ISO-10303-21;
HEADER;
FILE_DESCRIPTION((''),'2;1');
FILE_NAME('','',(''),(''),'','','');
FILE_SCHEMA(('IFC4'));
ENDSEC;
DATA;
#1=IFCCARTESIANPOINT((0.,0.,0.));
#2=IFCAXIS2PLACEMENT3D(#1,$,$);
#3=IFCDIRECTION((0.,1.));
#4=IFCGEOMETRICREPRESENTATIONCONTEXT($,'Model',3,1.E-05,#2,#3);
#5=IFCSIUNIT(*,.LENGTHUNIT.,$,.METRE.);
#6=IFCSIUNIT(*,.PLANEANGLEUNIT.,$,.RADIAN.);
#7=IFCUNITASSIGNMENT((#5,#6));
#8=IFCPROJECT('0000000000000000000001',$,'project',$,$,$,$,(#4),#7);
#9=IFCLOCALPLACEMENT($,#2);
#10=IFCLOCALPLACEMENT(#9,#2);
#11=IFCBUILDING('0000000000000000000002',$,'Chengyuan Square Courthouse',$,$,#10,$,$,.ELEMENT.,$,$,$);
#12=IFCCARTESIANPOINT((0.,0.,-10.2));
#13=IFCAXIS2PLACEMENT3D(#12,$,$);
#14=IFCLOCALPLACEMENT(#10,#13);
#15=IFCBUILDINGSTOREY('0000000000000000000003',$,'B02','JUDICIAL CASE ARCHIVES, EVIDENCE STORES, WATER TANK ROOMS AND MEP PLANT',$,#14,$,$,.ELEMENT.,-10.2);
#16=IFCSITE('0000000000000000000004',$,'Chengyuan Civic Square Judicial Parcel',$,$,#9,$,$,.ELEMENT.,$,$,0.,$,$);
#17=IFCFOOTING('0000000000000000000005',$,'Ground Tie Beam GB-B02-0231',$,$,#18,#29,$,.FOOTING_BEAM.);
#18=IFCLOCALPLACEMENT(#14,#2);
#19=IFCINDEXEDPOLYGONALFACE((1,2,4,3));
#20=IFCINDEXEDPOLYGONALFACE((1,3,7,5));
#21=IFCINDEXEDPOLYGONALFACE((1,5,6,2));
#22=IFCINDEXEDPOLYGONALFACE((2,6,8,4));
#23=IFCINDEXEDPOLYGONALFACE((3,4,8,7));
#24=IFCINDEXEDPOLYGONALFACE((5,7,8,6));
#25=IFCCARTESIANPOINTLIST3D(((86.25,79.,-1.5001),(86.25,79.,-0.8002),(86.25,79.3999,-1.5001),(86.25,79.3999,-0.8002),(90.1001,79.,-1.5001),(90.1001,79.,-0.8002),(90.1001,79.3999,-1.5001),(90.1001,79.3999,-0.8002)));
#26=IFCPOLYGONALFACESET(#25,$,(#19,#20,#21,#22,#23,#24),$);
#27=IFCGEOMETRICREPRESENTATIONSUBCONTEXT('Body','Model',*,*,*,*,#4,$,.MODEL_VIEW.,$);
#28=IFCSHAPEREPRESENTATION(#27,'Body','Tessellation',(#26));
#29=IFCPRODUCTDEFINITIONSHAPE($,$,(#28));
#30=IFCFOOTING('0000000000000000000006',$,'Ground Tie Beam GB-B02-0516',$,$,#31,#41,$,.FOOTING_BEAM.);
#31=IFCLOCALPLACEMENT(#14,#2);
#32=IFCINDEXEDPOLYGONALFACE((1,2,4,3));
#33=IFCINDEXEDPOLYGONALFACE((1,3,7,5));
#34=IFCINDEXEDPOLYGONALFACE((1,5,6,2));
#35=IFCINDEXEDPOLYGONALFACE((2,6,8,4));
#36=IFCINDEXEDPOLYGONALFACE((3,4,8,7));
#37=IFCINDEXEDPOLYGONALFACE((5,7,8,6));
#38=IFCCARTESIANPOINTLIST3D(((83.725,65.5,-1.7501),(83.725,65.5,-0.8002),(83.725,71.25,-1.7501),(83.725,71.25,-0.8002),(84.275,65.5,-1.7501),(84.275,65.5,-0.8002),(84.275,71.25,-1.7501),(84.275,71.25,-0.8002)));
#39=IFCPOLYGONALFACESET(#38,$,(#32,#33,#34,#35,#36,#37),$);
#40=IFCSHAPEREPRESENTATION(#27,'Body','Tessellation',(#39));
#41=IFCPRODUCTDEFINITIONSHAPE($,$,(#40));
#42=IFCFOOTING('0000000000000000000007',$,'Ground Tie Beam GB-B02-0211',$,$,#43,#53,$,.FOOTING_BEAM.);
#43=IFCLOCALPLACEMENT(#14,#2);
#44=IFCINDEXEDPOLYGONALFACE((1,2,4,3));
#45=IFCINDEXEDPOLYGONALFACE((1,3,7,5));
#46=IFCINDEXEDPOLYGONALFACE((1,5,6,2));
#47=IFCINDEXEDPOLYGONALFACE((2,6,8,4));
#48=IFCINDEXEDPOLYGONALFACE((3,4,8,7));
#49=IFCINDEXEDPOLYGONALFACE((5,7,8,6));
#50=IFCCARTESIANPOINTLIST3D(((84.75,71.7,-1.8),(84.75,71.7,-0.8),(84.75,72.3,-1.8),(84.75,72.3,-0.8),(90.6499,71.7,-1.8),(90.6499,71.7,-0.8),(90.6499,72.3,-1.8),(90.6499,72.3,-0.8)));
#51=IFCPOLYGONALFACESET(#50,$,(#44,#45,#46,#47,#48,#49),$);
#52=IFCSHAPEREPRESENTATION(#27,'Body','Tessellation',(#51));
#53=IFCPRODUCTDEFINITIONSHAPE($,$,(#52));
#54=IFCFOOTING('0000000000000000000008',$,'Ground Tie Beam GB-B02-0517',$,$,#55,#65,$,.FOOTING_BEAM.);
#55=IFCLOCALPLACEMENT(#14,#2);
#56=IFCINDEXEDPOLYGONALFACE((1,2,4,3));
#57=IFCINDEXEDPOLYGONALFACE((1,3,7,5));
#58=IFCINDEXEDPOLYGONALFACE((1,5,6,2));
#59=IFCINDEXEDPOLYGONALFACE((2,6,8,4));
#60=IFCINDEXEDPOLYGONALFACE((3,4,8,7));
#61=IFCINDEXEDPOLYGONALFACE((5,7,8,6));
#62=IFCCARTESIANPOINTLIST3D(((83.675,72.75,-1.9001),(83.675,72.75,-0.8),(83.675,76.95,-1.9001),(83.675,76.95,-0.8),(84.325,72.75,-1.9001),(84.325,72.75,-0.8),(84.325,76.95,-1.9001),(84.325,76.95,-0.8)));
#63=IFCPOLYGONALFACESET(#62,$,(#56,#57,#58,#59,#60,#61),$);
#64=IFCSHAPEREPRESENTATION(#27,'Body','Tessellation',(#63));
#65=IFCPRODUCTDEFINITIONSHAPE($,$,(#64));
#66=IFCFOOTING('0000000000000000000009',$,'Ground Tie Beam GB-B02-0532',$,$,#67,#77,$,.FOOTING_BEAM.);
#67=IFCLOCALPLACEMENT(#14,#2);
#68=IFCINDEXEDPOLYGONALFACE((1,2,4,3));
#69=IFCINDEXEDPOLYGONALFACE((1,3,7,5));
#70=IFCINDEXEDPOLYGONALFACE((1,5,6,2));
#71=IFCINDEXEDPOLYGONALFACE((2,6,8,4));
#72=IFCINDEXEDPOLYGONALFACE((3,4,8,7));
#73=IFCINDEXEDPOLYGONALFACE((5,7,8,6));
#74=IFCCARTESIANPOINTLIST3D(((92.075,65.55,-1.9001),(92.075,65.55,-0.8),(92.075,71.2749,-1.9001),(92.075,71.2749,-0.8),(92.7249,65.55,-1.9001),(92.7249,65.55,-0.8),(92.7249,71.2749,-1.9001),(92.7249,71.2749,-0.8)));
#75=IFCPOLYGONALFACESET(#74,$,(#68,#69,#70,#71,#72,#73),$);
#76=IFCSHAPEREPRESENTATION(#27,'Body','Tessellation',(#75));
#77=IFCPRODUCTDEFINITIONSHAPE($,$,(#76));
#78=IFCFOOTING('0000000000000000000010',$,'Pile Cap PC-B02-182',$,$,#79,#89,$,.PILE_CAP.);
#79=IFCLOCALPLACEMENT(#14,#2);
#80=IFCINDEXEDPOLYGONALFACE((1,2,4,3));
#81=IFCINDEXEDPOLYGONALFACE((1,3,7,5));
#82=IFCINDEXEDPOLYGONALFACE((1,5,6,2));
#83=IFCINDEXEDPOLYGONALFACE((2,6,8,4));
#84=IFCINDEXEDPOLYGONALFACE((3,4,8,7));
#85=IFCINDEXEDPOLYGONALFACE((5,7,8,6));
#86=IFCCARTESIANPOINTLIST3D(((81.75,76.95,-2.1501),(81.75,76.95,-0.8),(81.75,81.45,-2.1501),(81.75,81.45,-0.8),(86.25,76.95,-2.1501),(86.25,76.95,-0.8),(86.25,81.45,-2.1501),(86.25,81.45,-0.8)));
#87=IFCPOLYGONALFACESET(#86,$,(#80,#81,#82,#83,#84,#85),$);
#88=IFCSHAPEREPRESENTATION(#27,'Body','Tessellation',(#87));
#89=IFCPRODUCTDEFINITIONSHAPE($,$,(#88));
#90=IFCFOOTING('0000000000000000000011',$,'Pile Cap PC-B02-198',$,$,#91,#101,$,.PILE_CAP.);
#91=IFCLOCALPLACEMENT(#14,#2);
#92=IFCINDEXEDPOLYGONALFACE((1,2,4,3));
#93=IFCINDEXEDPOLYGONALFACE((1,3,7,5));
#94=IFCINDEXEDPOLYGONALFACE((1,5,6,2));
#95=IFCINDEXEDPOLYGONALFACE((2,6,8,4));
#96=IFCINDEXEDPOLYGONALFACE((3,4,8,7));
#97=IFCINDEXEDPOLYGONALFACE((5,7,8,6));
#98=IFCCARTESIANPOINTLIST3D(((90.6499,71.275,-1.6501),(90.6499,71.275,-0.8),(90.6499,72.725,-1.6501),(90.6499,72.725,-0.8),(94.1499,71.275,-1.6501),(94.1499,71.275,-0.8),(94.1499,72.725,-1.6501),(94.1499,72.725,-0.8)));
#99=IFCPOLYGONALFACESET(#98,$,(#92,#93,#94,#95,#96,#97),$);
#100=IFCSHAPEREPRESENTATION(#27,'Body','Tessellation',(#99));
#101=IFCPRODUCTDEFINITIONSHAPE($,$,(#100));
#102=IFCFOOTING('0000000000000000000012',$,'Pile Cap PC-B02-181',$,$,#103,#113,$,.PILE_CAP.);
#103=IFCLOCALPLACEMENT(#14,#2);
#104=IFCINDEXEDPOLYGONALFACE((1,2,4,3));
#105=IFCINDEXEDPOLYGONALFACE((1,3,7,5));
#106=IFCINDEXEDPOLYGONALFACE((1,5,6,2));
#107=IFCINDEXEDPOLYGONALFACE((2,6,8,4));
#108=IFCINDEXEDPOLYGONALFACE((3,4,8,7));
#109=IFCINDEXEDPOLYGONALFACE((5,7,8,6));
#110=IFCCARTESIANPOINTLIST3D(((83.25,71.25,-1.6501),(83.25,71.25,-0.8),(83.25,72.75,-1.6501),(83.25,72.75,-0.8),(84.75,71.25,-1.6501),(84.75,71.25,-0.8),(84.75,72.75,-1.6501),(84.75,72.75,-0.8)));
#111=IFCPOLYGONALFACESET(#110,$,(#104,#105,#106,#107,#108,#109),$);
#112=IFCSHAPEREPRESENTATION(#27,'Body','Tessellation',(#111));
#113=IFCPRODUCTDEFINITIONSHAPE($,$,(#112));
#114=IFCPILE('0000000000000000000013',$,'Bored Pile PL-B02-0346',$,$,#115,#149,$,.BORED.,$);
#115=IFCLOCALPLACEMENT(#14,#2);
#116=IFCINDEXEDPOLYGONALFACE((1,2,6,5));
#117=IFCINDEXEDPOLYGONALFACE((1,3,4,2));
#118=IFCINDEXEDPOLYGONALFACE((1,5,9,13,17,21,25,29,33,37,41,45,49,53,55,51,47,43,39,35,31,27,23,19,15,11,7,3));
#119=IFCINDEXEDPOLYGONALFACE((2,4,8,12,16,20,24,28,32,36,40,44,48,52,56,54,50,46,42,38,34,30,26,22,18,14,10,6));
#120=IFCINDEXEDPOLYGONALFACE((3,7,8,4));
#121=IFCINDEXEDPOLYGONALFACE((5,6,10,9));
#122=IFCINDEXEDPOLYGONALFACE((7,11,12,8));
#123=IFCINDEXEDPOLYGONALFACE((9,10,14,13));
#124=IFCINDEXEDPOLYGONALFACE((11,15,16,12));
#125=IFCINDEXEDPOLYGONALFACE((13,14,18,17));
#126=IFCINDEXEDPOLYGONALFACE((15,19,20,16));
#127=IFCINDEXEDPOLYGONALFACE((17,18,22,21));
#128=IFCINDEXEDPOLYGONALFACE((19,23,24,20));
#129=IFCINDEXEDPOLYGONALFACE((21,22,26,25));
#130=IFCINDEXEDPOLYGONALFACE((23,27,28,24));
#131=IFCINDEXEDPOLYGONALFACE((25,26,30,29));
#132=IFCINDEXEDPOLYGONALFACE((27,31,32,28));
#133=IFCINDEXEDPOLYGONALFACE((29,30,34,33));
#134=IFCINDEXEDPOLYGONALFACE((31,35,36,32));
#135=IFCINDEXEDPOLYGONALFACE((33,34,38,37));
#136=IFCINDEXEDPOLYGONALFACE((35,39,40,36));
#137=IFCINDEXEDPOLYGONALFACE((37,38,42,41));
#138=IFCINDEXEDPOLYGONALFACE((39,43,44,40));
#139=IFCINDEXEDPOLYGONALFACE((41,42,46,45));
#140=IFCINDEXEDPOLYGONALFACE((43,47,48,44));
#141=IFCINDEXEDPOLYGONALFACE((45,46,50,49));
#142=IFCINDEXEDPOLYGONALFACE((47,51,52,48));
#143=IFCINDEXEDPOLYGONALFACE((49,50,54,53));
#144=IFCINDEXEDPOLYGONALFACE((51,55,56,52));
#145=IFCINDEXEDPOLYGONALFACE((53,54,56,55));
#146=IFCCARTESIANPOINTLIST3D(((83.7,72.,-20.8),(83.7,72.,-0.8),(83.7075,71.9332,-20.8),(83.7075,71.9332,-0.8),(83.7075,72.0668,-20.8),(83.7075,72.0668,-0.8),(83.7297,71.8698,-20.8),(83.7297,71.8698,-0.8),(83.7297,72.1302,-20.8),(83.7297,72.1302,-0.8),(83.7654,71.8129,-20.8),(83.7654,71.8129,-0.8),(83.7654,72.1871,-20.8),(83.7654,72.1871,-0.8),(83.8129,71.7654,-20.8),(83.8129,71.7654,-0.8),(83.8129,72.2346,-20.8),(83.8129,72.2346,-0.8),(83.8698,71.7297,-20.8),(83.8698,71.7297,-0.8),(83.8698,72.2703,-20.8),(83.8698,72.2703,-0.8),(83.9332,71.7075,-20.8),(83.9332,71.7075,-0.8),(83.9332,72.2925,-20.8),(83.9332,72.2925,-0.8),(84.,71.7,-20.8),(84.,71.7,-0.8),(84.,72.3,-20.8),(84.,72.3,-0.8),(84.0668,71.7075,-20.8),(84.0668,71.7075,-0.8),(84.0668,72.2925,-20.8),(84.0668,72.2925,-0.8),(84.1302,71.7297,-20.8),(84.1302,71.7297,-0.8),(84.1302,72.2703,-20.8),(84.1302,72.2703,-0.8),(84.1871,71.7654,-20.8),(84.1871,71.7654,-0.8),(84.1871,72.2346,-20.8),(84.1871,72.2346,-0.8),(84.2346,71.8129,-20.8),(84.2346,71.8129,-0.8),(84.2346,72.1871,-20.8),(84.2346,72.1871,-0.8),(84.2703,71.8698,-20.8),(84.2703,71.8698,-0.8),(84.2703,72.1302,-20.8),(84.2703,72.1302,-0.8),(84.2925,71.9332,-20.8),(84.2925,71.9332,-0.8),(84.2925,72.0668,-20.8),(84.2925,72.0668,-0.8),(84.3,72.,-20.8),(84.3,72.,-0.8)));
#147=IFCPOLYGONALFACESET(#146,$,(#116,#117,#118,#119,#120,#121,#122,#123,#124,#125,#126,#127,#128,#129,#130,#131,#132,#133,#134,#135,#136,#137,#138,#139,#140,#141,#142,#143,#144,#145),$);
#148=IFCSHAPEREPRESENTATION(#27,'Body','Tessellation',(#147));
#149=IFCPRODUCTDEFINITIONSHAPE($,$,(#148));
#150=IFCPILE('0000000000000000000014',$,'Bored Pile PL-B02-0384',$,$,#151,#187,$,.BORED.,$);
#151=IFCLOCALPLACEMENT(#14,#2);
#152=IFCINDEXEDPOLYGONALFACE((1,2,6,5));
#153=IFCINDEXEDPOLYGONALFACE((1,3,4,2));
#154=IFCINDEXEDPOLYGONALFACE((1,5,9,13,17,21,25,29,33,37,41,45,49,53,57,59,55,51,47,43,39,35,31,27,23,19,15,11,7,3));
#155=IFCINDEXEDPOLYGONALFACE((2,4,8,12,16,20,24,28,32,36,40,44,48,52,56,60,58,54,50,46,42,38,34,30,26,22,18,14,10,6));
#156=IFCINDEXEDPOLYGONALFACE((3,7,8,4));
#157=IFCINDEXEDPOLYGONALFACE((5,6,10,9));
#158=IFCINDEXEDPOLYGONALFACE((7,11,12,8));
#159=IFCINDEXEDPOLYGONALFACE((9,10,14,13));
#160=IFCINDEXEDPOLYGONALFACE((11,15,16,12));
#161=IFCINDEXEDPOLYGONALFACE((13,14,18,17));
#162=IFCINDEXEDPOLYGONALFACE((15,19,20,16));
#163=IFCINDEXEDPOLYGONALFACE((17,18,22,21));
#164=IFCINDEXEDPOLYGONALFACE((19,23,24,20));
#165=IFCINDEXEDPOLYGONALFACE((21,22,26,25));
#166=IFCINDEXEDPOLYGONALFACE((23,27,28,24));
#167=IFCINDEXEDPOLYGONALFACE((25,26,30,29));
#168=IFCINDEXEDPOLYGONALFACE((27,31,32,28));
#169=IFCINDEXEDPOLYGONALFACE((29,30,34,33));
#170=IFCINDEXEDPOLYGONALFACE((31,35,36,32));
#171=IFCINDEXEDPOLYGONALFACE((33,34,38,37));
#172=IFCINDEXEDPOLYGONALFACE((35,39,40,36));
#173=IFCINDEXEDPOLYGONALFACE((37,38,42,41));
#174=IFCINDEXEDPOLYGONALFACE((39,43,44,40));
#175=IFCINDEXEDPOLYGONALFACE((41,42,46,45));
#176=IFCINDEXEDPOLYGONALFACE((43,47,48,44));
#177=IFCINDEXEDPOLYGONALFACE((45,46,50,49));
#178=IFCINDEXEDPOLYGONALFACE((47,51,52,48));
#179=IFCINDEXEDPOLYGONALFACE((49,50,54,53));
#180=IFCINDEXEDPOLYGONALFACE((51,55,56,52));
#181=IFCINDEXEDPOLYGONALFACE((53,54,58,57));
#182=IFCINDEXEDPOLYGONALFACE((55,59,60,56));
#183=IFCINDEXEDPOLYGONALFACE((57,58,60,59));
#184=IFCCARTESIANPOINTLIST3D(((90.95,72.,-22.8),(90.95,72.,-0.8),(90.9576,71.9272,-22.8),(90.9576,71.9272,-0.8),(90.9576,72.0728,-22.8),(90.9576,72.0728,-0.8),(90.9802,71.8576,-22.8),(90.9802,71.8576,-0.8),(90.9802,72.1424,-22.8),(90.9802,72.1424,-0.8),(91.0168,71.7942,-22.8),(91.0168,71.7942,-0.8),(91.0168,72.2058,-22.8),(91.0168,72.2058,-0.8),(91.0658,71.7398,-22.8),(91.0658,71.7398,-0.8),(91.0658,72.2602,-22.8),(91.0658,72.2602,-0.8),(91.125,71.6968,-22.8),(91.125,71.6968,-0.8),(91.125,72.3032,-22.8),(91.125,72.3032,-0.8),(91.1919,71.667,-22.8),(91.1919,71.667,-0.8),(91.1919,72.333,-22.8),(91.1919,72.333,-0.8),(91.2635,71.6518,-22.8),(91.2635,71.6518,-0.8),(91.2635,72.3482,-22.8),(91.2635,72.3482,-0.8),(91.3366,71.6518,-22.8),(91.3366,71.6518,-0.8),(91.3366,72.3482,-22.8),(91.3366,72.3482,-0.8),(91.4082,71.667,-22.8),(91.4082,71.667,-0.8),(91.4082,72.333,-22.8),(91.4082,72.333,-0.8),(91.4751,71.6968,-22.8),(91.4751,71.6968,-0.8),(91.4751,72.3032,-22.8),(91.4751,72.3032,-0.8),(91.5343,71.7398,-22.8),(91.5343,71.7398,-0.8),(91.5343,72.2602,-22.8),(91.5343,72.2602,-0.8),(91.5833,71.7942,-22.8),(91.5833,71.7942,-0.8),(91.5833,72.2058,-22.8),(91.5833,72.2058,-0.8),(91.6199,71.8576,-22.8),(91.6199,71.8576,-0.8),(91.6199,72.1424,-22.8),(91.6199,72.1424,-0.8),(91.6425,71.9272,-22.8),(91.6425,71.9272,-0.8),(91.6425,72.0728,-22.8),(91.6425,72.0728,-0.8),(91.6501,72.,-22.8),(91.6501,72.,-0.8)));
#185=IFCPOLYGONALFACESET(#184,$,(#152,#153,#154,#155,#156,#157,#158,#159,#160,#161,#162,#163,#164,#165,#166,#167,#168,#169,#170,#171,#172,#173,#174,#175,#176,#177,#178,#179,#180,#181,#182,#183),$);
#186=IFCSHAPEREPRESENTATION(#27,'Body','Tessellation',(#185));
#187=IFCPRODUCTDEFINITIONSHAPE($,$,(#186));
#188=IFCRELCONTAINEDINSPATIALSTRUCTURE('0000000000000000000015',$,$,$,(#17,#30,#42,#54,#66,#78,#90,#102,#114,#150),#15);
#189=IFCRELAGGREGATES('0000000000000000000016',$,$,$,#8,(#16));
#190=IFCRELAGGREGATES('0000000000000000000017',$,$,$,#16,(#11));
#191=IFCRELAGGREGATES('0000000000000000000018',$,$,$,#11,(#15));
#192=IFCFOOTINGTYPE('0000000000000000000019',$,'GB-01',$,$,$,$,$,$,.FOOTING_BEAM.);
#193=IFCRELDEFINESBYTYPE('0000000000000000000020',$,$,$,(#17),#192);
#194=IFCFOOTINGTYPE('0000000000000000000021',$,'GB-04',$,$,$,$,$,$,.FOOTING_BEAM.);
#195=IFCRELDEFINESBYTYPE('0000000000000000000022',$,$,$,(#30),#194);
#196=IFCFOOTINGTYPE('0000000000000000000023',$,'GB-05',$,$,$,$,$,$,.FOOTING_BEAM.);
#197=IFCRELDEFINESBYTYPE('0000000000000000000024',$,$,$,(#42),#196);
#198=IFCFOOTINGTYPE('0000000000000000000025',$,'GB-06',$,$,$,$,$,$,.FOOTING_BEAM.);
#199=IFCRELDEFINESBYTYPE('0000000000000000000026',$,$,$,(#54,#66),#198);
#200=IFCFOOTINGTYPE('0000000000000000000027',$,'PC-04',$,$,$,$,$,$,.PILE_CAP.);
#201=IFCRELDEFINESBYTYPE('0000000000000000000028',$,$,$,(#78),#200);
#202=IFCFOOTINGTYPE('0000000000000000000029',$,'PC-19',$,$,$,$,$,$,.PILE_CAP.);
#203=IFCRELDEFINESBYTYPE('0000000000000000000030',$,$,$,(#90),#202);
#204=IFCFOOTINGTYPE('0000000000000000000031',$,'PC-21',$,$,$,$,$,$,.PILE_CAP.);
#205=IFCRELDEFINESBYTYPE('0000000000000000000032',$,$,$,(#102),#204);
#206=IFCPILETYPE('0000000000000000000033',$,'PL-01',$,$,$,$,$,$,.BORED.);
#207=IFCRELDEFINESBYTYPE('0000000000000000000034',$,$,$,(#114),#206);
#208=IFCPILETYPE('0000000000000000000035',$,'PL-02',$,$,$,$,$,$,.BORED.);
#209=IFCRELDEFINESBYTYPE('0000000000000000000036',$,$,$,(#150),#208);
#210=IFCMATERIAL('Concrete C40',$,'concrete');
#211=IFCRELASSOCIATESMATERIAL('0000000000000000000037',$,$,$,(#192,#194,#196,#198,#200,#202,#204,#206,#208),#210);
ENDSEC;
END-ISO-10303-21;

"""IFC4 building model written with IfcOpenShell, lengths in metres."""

from ifc_helpers import new_model, si_unit, direction, frame, origin, origin_2d, place, context, subcontext, project, spatial, rectangle, circle, extrude, material, material_profile, profile_set, type_object, element, save


model = new_model("IFC4")

# Units and contexts
model_context = context("Model", 3, precision=1e-05, world=origin(), true_north=direction((0.0, 1.0)))
body_context = subcontext(model_context, "Body", "Model", "MODEL_VIEW")
ifc_project = project(units=[si_unit("LENGTHUNIT", "METRE"), si_unit("PLANEANGLEUNIT", "RADIAN")], contexts=[model_context])

# Site, building, storey
site_placement = place(None, origin())
site = spatial("IfcSite", under=ifc_project, at=site_placement, Name="Chengyuan Civic Square Judicial Parcel", CompositionType="ELEMENT", RefElevation=0.0)
building_placement = place(site_placement, origin())
building = spatial("IfcBuilding", under=site, at=building_placement, Name="Chengyuan Square Courthouse", CompositionType="ELEMENT")
storey_placement = place(building_placement, frame((0.0, 0.0, -10.2)))
storey = spatial("IfcBuildingStorey", under=building, at=storey_placement, Name="B02", Description="JUDICIAL CASE ARCHIVES, EVIDENCE STORES, WATER TANK ROOMS AND MEP PLANT", CompositionType="ELEMENT", Elevation=-10.2)

# Footings
ifc_material_1 = material(Name="Concrete C40", Category="concrete")
ifc_material_profile_1 = material_profile(ifc_material_1, rectangle(XDim=0.3999, YDim=0.7, at=origin_2d()), Name="GB-400x700")
ifc_profile_set_1 = profile_set([ifc_material_profile_1], Name="Concrete C40")
footing_type_1 = type_object("IfcFootingType", Name="GB-01", PredefinedType="FOOTING_BEAM", material=ifc_profile_set_1)
footing_1_placement = place(storey_placement, frame((86.25, 79.2, -1.1501), z_axis=(1.0, 0.0, 0.0), x_axis=(0.0, 1.0, 0.0)))
element("IfcFooting", 1, at=footing_1_placement, inside=storey, type_object=footing_type_1, Name="Ground Tie Beam GB-B02-0231", PredefinedType="FOOTING_BEAM", context=body_context, shape_type="SweptSolid", body=[
    extrude(rectangle(XDim=0.3999, YDim=0.7, at=origin_2d()), origin(), (0.0, 0.0, 1.0), 3.8501),
])
ifc_material_profile_2 = material_profile(ifc_material_1, rectangle(XDim=0.55, YDim=0.95, at=origin_2d()), Name="GB-550x950")
ifc_profile_set_2 = profile_set([ifc_material_profile_2], Name="Concrete C40")
footing_type_2 = type_object("IfcFootingType", Name="GB-04", PredefinedType="FOOTING_BEAM", material=ifc_profile_set_2)
footing_2_placement = place(storey_placement, frame((84.0, 65.5, -1.2751), z_axis=(0.0, 1.0, 0.0), x_axis=(-1.0, 0.0, 0.0)))
element("IfcFooting", 2, at=footing_2_placement, inside=storey, type_object=footing_type_2, Name="Ground Tie Beam GB-B02-0516", PredefinedType="FOOTING_BEAM", context=body_context, shape_type="SweptSolid", body=[
    extrude(rectangle(XDim=0.55, YDim=0.95, at=origin_2d()), origin(), (0.0, 0.0, 1.0), 5.75),
])
ifc_material_profile_3 = material_profile(ifc_material_1, rectangle(XDim=0.6001, YDim=1.0, at=origin_2d()), Name="GB-600x1000")
ifc_profile_set_3 = profile_set([ifc_material_profile_3], Name="Concrete C40")
footing_type_3 = type_object("IfcFootingType", Name="GB-05", PredefinedType="FOOTING_BEAM", material=ifc_profile_set_3)
footing_3_placement = place(storey_placement, frame((84.75, 72.0, -1.3), z_axis=(1.0, 0.0, 0.0), x_axis=(0.0, 1.0, 0.0)))
element("IfcFooting", 3, at=footing_3_placement, inside=storey, type_object=footing_type_3, Name="Ground Tie Beam GB-B02-0211", PredefinedType="FOOTING_BEAM", context=body_context, shape_type="SweptSolid", body=[
    extrude(rectangle(XDim=0.6001, YDim=1.0, at=origin_2d()), origin(), (0.0, 0.0, 1.0), 5.8999),
])
ifc_material_profile_4 = material_profile(ifc_material_1, rectangle(XDim=0.6499, YDim=1.1001, at=origin_2d()), Name="GB-650x1100")
ifc_profile_set_4 = profile_set([ifc_material_profile_4], Name="Concrete C40")
footing_type_4 = type_object("IfcFootingType", Name="GB-06", PredefinedType="FOOTING_BEAM", material=ifc_profile_set_4)
footing_4_placement = place(storey_placement, frame((84.0, 72.75, -1.3501), z_axis=(0.0, 1.0, 0.0), x_axis=(-1.0, 0.0, 0.0)))
element("IfcFooting", 4, at=footing_4_placement, inside=storey, type_object=footing_type_4, Name="Ground Tie Beam GB-B02-0517", PredefinedType="FOOTING_BEAM", context=body_context, shape_type="SweptSolid", body=[
    extrude(rectangle(XDim=0.6499, YDim=1.1001, at=origin_2d()), origin(), (0.0, 0.0, 1.0), 4.2),
])
footing_5_placement = place(storey_placement, frame((92.3999, 65.55, -1.3501), z_axis=(0.0, 1.0, 0.0), x_axis=(-1.0, 0.0, 0.0)))
element("IfcFooting", 5, at=footing_5_placement, inside=storey, type_object=footing_type_4, Name="Ground Tie Beam GB-B02-0532", PredefinedType="FOOTING_BEAM", context=body_context, shape_type="SweptSolid", body=[
    extrude(rectangle(XDim=0.6499, YDim=1.1001, at=origin_2d()), origin(), (0.0, 0.0, 1.0), 5.7249),
])
footing_type_5 = type_object("IfcFootingType", Name="PC-04", PredefinedType="PILE_CAP", material=ifc_material_1)
footing_6_placement = place(storey_placement, frame((84.0, 79.2, -2.1501), z_axis=(0.0, 0.0, 1.0), x_axis=(1.0, 0.0, 0.0)))
element("IfcFooting", 6, at=footing_6_placement, inside=storey, type_object=footing_type_5, Name="Pile Cap PC-B02-182", PredefinedType="PILE_CAP", context=body_context, shape_type="SweptSolid", body=[
    extrude(rectangle(XDim=4.5, YDim=4.5, at=origin_2d()), origin(), (0.0, 0.0, 1.0), 1.3501),
])
footing_type_6 = type_object("IfcFootingType", Name="PC-19", PredefinedType="PILE_CAP", material=ifc_material_1)
footing_7_placement = place(storey_placement, frame((92.3999, 72.0, -1.6501), z_axis=(0.0, 0.0, 1.0), x_axis=(1.0, 0.0, 0.0)))
element("IfcFooting", 7, at=footing_7_placement, inside=storey, type_object=footing_type_6, Name="Pile Cap PC-B02-198", PredefinedType="PILE_CAP", context=body_context, shape_type="SweptSolid", body=[
    extrude(rectangle(XDim=3.5, YDim=1.45, at=origin_2d()), origin(), (0.0, 0.0, 1.0), 0.8501),
])
footing_type_7 = type_object("IfcFootingType", Name="PC-21", PredefinedType="PILE_CAP", material=ifc_material_1)
footing_8_placement = place(storey_placement, frame((84.0, 72.0, -1.6501), z_axis=(0.0, 0.0, 1.0), x_axis=(1.0, 0.0, 0.0)))
element("IfcFooting", 8, at=footing_8_placement, inside=storey, type_object=footing_type_7, Name="Pile Cap PC-B02-181", PredefinedType="PILE_CAP", context=body_context, shape_type="SweptSolid", body=[
    extrude(rectangle(XDim=1.5, YDim=1.5, at=origin_2d()), origin(), (0.0, 0.0, 1.0), 0.8501),
])

# Piles
ifc_material_profile_5 = material_profile(ifc_material_1, circle(Radius=0.3, at=origin_2d()), Name="BORED PILE D600")
ifc_profile_set_5 = profile_set([ifc_material_profile_5], Name="Concrete C40")
pile_type_1 = type_object("IfcPileType", Name="PL-01", PredefinedType="BORED", material=ifc_profile_set_5)
pile_1_placement = place(storey_placement, frame((84.0, 72.0, -0.8), z_axis=(0.0, 0.0, -1.0), x_axis=(1.0, 0.0, 0.0)))
element("IfcPile", 9, at=pile_1_placement, inside=storey, type_object=pile_type_1, Name="Bored Pile PL-B02-0346", PredefinedType="BORED", context=body_context, shape_type="SweptSolid", body=[
    extrude(circle(Radius=0.3, at=origin_2d()), origin(), (0.0, 0.0, 1.0), 20.0),
])
ifc_material_profile_6 = material_profile(ifc_material_1, circle(Radius=0.3501, at=origin_2d()), Name="BORED PILE D700")
ifc_profile_set_6 = profile_set([ifc_material_profile_6], Name="Concrete C40")
pile_type_2 = type_object("IfcPileType", Name="PL-02", PredefinedType="BORED", material=ifc_profile_set_6)
pile_2_placement = place(storey_placement, frame((91.3, 72.0, -0.8), z_axis=(0.0, 0.0, -1.0), x_axis=(1.0, 0.0, 0.0)))
element("IfcPile", 10, at=pile_2_placement, inside=storey, type_object=pile_type_2, Name="Bored Pile PL-B02-0384", PredefinedType="BORED", context=body_context, shape_type="SweptSolid", body=[
    extrude(circle(Radius=0.3501, at=origin_2d()), origin(), (0.0, 0.0, 1.0), 22.0),
])

save(model, "model.ifc")
